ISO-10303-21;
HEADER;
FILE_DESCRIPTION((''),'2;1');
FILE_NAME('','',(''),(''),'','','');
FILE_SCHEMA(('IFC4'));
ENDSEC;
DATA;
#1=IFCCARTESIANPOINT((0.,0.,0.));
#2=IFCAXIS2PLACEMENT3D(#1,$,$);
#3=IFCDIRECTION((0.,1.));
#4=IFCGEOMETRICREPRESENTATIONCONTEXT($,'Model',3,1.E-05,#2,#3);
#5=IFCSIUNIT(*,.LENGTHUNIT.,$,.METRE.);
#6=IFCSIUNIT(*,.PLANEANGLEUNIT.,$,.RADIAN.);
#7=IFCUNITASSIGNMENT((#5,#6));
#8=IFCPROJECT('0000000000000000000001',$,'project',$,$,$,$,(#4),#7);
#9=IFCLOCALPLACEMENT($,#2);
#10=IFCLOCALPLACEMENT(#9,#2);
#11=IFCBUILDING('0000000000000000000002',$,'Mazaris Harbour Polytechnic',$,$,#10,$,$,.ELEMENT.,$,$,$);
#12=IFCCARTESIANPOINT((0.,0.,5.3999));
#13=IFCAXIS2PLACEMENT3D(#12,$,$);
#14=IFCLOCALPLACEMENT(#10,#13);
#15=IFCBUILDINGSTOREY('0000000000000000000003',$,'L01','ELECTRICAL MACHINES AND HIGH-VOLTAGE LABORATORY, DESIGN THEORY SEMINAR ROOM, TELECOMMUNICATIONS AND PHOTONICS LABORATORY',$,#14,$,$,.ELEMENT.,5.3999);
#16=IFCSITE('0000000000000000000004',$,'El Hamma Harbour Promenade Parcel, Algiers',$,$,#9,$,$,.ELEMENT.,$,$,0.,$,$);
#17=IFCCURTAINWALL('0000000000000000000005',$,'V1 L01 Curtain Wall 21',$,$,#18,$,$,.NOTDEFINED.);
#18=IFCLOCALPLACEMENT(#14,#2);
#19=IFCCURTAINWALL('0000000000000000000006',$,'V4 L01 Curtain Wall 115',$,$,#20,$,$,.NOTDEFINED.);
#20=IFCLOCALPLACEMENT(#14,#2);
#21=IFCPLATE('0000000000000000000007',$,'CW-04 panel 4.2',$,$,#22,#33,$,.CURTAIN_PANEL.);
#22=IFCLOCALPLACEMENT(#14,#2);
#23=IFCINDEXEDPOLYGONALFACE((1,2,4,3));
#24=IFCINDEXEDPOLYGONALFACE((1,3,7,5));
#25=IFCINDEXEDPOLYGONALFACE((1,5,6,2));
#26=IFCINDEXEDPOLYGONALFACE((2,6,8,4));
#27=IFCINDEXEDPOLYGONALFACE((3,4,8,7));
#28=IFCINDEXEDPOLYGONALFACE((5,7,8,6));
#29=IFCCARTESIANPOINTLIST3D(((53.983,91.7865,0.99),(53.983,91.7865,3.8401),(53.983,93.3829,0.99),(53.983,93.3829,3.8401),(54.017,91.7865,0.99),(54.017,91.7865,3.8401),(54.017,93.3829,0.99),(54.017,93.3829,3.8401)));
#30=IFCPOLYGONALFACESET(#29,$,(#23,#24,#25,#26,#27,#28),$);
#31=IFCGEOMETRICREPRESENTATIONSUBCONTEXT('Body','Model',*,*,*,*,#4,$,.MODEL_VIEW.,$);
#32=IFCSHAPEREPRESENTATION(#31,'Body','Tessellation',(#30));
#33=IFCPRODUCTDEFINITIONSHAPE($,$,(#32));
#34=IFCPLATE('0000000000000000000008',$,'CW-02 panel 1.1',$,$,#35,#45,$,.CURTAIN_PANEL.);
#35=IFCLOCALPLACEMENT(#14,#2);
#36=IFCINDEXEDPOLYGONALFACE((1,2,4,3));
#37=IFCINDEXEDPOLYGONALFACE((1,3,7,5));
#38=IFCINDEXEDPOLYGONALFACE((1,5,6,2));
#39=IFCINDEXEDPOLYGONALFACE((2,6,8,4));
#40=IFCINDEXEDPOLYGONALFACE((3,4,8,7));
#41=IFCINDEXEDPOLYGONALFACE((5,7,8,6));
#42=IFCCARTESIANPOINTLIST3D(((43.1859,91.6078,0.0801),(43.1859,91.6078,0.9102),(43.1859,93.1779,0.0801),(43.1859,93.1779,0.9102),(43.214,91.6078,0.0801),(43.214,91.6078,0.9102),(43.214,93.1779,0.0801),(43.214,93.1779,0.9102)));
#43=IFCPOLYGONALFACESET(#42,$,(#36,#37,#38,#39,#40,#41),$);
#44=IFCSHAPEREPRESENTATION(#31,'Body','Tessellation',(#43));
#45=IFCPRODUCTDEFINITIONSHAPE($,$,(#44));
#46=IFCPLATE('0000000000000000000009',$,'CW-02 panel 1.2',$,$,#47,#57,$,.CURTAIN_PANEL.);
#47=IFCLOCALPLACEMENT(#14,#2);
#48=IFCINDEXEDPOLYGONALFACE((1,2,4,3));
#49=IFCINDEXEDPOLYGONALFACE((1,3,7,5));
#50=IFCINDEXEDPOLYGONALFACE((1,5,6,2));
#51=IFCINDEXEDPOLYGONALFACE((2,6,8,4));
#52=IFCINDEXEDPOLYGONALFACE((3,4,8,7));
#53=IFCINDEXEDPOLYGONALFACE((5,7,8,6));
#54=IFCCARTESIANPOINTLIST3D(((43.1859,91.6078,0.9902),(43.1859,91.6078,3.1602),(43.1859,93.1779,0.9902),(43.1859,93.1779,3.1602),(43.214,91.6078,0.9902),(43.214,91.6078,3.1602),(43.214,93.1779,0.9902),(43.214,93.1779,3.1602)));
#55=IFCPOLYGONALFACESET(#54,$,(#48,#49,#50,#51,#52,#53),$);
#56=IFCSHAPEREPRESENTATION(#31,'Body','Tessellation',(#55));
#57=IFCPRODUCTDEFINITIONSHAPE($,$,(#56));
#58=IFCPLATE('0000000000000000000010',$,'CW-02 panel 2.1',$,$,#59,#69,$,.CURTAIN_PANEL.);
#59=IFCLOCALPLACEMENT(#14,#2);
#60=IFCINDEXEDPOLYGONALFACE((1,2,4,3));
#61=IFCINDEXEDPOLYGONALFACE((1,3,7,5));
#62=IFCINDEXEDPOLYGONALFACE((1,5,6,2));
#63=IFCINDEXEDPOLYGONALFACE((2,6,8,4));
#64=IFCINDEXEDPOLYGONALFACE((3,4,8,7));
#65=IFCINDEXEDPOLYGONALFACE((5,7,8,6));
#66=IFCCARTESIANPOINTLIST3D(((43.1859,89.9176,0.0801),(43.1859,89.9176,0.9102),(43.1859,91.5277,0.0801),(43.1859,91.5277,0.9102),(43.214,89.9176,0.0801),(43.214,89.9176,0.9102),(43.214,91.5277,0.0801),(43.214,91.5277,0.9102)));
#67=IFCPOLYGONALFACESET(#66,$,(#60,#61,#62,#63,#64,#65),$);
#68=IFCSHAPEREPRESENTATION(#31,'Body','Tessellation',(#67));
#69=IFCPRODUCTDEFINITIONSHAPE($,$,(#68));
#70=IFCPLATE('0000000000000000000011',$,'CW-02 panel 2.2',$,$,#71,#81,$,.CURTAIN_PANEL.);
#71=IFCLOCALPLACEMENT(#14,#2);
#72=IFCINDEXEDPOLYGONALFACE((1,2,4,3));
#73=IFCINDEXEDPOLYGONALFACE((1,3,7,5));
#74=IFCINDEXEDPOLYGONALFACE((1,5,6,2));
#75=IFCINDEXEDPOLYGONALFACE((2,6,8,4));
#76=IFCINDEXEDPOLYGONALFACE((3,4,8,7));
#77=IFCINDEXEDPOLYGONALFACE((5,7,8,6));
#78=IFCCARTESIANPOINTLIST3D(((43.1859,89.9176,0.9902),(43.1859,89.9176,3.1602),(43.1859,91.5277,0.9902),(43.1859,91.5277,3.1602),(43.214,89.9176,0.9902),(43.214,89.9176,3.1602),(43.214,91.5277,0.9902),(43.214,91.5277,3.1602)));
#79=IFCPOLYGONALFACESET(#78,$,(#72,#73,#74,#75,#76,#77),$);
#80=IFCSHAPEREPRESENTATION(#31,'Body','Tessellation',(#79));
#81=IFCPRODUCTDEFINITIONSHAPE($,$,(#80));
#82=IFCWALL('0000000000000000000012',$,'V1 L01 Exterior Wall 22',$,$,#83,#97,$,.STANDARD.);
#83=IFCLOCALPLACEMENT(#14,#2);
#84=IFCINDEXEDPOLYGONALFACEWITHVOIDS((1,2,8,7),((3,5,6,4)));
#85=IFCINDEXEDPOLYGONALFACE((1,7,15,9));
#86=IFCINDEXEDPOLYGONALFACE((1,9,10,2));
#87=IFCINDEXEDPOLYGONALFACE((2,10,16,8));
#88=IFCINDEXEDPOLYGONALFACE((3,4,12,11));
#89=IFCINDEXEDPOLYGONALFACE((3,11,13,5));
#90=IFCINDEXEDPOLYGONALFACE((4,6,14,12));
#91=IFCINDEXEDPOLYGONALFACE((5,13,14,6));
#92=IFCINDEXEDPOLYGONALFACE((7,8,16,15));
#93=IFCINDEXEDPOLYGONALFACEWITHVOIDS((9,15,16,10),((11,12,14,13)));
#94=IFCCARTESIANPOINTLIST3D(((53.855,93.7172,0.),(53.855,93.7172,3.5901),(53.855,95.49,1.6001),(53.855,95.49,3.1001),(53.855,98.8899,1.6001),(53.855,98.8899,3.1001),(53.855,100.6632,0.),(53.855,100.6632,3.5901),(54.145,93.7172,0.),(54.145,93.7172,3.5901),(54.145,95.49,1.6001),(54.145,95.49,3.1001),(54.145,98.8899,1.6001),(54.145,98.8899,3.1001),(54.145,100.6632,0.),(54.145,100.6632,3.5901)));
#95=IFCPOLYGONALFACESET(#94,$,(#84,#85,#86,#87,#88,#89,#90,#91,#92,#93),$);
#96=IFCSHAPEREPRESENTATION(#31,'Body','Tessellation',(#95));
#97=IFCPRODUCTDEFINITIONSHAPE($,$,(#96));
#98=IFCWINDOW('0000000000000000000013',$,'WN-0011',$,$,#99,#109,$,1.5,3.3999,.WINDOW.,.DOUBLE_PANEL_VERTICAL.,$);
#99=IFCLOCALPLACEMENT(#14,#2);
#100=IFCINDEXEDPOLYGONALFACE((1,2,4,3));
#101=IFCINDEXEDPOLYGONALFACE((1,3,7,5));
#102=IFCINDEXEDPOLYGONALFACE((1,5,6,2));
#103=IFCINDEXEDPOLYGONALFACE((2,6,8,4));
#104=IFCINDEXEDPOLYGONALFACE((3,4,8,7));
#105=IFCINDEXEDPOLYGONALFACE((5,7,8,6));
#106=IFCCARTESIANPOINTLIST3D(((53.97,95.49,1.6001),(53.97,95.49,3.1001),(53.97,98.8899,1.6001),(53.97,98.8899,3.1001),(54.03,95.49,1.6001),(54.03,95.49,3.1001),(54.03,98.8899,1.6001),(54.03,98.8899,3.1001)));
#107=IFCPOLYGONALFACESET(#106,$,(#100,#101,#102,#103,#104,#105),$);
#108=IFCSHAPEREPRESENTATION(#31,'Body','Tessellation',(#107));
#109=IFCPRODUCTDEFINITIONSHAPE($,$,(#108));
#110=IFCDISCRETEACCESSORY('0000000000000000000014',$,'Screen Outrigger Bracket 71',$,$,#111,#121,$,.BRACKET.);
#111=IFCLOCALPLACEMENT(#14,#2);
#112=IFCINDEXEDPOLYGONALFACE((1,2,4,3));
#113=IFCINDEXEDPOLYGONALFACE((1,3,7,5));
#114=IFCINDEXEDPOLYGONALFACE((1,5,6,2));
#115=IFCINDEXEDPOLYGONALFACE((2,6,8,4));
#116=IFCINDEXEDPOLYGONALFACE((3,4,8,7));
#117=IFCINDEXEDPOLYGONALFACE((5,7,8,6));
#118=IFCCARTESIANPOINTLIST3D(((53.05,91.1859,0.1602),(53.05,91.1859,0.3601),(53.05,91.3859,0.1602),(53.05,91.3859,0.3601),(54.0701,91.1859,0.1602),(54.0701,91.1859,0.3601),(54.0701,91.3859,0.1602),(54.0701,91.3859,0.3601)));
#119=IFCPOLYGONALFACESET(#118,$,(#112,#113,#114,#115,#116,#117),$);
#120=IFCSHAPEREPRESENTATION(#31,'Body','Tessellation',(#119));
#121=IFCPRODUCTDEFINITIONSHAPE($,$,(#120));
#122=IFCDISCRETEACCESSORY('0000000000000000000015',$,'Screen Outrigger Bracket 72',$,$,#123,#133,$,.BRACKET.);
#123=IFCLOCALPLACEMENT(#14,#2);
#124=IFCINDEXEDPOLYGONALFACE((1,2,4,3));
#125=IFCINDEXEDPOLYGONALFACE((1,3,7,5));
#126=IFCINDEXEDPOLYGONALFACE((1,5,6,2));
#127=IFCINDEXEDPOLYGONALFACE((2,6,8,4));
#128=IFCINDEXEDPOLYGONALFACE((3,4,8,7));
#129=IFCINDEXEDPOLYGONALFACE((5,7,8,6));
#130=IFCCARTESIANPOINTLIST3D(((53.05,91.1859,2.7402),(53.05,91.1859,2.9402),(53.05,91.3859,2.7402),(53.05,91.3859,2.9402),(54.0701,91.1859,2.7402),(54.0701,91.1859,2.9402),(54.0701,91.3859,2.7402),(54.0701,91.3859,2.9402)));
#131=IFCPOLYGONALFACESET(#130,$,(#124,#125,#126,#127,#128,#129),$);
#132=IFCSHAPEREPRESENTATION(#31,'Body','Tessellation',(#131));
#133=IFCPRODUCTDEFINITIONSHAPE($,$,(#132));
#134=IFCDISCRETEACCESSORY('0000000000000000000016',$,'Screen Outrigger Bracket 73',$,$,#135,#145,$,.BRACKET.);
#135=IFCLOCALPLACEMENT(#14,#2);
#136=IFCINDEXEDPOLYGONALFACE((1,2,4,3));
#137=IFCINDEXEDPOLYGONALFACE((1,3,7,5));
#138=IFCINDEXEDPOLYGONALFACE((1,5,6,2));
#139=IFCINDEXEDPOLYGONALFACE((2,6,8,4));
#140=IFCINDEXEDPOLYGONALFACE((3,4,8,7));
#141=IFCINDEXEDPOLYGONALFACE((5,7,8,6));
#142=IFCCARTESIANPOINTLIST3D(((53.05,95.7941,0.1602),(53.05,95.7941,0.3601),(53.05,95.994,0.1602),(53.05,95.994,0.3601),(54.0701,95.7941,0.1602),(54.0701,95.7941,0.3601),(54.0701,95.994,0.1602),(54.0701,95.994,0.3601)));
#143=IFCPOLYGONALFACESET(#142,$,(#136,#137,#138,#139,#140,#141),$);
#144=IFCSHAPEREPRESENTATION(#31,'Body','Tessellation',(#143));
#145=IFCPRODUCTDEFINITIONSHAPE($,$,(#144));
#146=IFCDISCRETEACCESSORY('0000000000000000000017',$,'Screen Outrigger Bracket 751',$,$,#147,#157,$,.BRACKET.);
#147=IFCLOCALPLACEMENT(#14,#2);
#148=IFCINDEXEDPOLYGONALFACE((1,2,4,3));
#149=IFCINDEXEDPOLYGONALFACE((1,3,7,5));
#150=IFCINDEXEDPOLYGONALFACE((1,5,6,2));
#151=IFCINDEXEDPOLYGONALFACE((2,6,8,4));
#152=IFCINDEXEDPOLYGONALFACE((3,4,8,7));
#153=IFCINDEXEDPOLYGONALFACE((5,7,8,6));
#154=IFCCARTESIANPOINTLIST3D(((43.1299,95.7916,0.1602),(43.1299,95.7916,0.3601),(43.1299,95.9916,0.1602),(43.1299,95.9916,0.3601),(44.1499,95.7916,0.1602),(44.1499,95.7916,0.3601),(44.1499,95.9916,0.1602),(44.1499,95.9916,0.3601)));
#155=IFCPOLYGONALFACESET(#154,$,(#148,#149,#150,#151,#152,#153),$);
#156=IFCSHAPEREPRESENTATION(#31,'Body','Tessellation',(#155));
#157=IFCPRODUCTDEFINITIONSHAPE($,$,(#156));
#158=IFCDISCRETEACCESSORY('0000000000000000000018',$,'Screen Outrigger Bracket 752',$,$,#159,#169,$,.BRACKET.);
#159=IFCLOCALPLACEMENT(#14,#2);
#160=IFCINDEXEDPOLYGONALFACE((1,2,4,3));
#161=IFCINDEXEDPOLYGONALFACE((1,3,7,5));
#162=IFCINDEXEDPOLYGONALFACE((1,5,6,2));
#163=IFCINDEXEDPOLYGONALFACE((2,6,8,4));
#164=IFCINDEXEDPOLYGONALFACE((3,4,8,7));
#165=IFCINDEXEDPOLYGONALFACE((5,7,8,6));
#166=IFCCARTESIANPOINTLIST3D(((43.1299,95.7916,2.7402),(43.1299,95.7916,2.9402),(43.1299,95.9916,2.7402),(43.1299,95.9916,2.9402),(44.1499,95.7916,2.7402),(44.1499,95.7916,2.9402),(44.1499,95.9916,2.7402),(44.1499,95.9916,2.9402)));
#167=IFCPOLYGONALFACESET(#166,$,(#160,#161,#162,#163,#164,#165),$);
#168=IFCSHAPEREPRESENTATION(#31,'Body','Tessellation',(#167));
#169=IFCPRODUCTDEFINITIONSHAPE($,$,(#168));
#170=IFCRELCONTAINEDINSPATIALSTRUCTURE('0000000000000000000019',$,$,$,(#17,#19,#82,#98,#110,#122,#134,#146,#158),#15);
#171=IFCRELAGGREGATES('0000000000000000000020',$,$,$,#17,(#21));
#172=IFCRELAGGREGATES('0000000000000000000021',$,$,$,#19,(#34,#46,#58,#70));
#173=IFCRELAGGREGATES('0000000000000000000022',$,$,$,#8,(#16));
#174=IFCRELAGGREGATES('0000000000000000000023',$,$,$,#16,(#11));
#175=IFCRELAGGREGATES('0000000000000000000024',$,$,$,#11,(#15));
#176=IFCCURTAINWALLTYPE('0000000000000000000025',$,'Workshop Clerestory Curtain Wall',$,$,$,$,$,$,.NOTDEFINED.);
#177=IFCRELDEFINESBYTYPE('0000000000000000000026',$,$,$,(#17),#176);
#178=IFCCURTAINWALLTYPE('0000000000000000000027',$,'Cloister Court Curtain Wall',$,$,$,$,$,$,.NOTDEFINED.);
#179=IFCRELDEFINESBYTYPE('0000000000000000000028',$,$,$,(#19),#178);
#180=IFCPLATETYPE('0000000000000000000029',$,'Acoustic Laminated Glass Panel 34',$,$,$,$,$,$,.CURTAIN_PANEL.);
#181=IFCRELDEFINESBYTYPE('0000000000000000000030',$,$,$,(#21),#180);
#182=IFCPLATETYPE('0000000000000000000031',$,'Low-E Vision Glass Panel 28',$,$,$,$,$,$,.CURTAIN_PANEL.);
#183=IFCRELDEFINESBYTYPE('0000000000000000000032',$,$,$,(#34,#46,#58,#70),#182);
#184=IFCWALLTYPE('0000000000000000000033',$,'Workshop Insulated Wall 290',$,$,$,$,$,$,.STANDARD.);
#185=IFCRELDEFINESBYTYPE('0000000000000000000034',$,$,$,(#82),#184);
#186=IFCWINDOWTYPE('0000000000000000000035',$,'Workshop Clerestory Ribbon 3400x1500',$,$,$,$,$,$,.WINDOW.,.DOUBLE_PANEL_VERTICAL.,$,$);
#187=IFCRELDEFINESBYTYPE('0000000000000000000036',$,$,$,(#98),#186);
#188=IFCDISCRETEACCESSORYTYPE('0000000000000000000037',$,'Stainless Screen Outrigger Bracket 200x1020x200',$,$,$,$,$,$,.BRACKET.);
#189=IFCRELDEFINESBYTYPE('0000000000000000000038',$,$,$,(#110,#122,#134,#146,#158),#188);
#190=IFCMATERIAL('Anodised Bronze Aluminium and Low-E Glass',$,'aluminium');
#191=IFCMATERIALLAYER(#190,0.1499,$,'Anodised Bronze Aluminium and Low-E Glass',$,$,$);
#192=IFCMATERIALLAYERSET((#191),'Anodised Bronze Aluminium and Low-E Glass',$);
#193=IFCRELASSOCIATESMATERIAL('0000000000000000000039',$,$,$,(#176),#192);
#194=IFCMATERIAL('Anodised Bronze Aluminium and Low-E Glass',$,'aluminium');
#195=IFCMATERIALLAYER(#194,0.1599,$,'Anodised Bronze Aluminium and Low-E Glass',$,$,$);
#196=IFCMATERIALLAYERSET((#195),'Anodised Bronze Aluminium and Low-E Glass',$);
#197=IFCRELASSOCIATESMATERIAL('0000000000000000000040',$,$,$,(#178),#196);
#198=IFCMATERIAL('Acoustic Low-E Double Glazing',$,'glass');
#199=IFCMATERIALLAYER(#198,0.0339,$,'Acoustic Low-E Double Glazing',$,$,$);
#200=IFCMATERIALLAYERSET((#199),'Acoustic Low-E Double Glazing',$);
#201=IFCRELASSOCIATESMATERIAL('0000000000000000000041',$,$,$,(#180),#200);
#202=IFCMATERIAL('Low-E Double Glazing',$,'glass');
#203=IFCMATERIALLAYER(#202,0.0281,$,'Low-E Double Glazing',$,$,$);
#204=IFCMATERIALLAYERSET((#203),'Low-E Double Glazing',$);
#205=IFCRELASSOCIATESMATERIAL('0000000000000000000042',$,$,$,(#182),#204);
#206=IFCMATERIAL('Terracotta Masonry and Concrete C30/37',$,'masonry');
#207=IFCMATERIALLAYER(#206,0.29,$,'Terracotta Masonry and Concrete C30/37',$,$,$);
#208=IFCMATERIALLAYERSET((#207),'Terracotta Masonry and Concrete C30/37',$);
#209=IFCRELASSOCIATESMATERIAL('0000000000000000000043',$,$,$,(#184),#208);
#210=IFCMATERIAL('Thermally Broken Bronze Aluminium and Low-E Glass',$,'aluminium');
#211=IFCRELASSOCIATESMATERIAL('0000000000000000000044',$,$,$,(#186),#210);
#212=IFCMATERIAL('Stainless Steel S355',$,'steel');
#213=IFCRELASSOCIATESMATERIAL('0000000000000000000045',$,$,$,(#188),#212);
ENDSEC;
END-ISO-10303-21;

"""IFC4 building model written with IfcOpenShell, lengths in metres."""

from ifc_helpers import new_model, si_unit, direction, frame, frame_2d, origin, origin_2d, place, context, subcontext, project, spatial, rectangle, extrude, material, layer, layer_set, type_object, element, fill, aggregate, save


model = new_model("IFC4")

# Units and contexts
model_context = context("Model", 3, precision=1e-05, world=origin(), true_north=direction((0.0, 1.0)))
body_context = subcontext(model_context, "Body", "Model", "MODEL_VIEW")
ifc_project = project(units=[si_unit("LENGTHUNIT", "METRE"), si_unit("PLANEANGLEUNIT", "RADIAN")], contexts=[model_context])

# Site, building, storey
site_placement = place(None, origin())
site = spatial("IfcSite", under=ifc_project, at=site_placement, Name="El Hamma Harbour Promenade Parcel, Algiers", CompositionType="ELEMENT", RefElevation=0.0)
building_placement = place(site_placement, origin())
building = spatial("IfcBuilding", under=site, at=building_placement, Name="Mazaris Harbour Polytechnic", CompositionType="ELEMENT")
storey_placement = place(building_placement, frame((0.0, 0.0, 5.3999)))
storey = spatial("IfcBuildingStorey", under=building, at=storey_placement, Name="L01", Description="ELECTRICAL MACHINES AND HIGH-VOLTAGE LABORATORY, DESIGN THEORY SEMINAR ROOM, TELECOMMUNICATIONS AND PHOTONICS LABORATORY", CompositionType="ELEMENT", Elevation=5.3999)

# Curtain walls
ifc_material_1 = material(Name="Anodised Bronze Aluminium and Low-E Glass", Category="aluminium")
ifc_layer_1 = layer(ifc_material_1, 0.1499, Name="Anodised Bronze Aluminium and Low-E Glass")
ifc_layer_set_1 = layer_set([ifc_layer_1], Name="Anodised Bronze Aluminium and Low-E Glass")
curtain_wall_type_1 = type_object("IfcCurtainWallType", Name="Workshop Clerestory Curtain Wall", PredefinedType="NOTDEFINED", material=ifc_layer_set_1)
curtain_wall_1_placement = place(storey_placement, origin())
curtain_wall_1 = element("IfcCurtainWall", 1, at=curtain_wall_1_placement, inside=storey, type_object=curtain_wall_type_1, Name="V1 L01 Curtain Wall 21", PredefinedType="NOTDEFINED")
ifc_material_2 = material(Name="Anodised Bronze Aluminium and Low-E Glass", Category="aluminium")
ifc_layer_2 = layer(ifc_material_2, 0.1599, Name="Anodised Bronze Aluminium and Low-E Glass")
ifc_layer_set_2 = layer_set([ifc_layer_2], Name="Anodised Bronze Aluminium and Low-E Glass")
curtain_wall_type_2 = type_object("IfcCurtainWallType", Name="Cloister Court Curtain Wall", PredefinedType="NOTDEFINED", material=ifc_layer_set_2)
curtain_wall_2_placement = place(storey_placement, origin())
curtain_wall_2 = element("IfcCurtainWall", 2, at=curtain_wall_2_placement, inside=storey, type_object=curtain_wall_type_2, Name="V4 L01 Curtain Wall 115", PredefinedType="NOTDEFINED")

# Plates
ifc_material_3 = material(Name="Acoustic Low-E Double Glazing", Category="glass")
ifc_layer_3 = layer(ifc_material_3, 0.0339, Name="Acoustic Low-E Double Glazing")
ifc_layer_set_3 = layer_set([ifc_layer_3], Name="Acoustic Low-E Double Glazing")
plate_type_1 = type_object("IfcPlateType", Name="Acoustic Laminated Glass Panel 34", PredefinedType="CURTAIN_PANEL", material=ifc_layer_set_3)
plate_1_placement = place(storey_placement, frame((54.0, 92.5847, 0.99), z_axis=(0.0, 0.0, 1.0), x_axis=(0.0, 1.0, 0.0)))
plate_1 = element("IfcPlate", 3, at=plate_1_placement, type_object=plate_type_1, Name="CW-04 panel 4.2", PredefinedType="CURTAIN_PANEL", context=body_context, shape_type="SweptSolid", body=[
    extrude(rectangle(XDim=1.5964, YDim=0.0339, at=origin_2d()), origin(), (0.0, 0.0, 1.0), 2.8501),
])
aggregate(curtain_wall_1, [plate_1])
ifc_material_4 = material(Name="Low-E Double Glazing", Category="glass")
ifc_layer_4 = layer(ifc_material_4, 0.0281, Name="Low-E Double Glazing")
ifc_layer_set_4 = layer_set([ifc_layer_4], Name="Low-E Double Glazing")
plate_type_2 = type_object("IfcPlateType", Name="Low-E Vision Glass Panel 28", PredefinedType="CURTAIN_PANEL", material=ifc_layer_set_4)
plate_2_placement = place(storey_placement, frame((43.2, 92.3928, 0.0801), z_axis=(0.0, 0.0, 1.0), x_axis=(0.0, -1.0, 0.0)))
plate_2 = element("IfcPlate", 4, at=plate_2_placement, type_object=plate_type_2, Name="CW-02 panel 1.1", PredefinedType="CURTAIN_PANEL", context=body_context, shape_type="SweptSolid", body=[
    extrude(rectangle(XDim=1.5701, YDim=0.0281, at=origin_2d()), origin(), (0.0, 0.0, 1.0), 0.8301),
])
plate_3_placement = place(storey_placement, frame((43.2, 92.3928, 0.9902), z_axis=(0.0, 0.0, 1.0), x_axis=(0.0, -1.0, 0.0)))
plate_3 = element("IfcPlate", 5, at=plate_3_placement, type_object=plate_type_2, Name="CW-02 panel 1.2", PredefinedType="CURTAIN_PANEL", context=body_context, shape_type="SweptSolid", body=[
    extrude(rectangle(XDim=1.5701, YDim=0.0281, at=origin_2d()), origin(), (0.0, 0.0, 1.0), 2.1699),
])
plate_4_placement = place(storey_placement, frame((43.2, 90.7227, 0.0801), z_axis=(0.0, 0.0, 1.0), x_axis=(0.0, -1.0, 0.0)))
plate_4 = element("IfcPlate", 6, at=plate_4_placement, type_object=plate_type_2, Name="CW-02 panel 2.1", PredefinedType="CURTAIN_PANEL", context=body_context, shape_type="SweptSolid", body=[
    extrude(rectangle(XDim=1.6101, YDim=0.0281, at=origin_2d()), origin(), (0.0, 0.0, 1.0), 0.8301),
])
plate_5_placement = place(storey_placement, frame((43.2, 90.7227, 0.9902), z_axis=(0.0, 0.0, 1.0), x_axis=(0.0, -1.0, 0.0)))
plate_5 = element("IfcPlate", 7, at=plate_5_placement, type_object=plate_type_2, Name="CW-02 panel 2.2", PredefinedType="CURTAIN_PANEL", context=body_context, shape_type="SweptSolid", body=[
    extrude(rectangle(XDim=1.6101, YDim=0.0281, at=origin_2d()), origin(), (0.0, 0.0, 1.0), 2.1699),
])
aggregate(curtain_wall_2, [plate_2, plate_3, plate_4, plate_5])

# Wall, opening, window
ifc_material_5 = material(Name="Terracotta Masonry and Concrete C30/37", Category="masonry")
ifc_layer_5 = layer(ifc_material_5, 0.29, Name="Terracotta Masonry and Concrete C30/37")
ifc_layer_set_5 = layer_set([ifc_layer_5], Name="Terracotta Masonry and Concrete C30/37")
wall_type = type_object("IfcWallType", Name="Workshop Insulated Wall 290", PredefinedType="STANDARD", material=ifc_layer_set_5)
wall_placement = place(storey_placement, frame((54.0, 93.717, 0.0), z_axis=(0.0, 0.0, 1.0), x_axis=(0.0, 1.0, 0.0)))
wall = element("IfcWall", 8, at=wall_placement, inside=storey, type_object=wall_type, Name="V1 L01 Exterior Wall 22", PredefinedType="STANDARD", context=body_context, shape_type="SweptSolid", body=[
    extrude(rectangle(XDim=6.946, YDim=0.29, at=frame_2d((3.4731, 0.0))), origin(), (0.0, 0.0, 1.0), 3.5901),
])
opening_placement = place(wall_placement, frame((1.7729, 0.0, 1.6001)))
opening = element("IfcOpeningElement", 9, at=opening_placement, cuts=wall, PredefinedType="OPENING", context=body_context, shape_type="SweptSolid", body=[
    extrude(rectangle(XDim=3.3999, YDim=1.5, at=frame_2d((1.7, 0.75))), frame((0.0, 0.155, 0.0), z_axis=(0.0, -1.0, 0.0), x_axis=(1.0, 0.0, 0.0)), (0.0, 0.0, 1.0), 0.3101),
])
ifc_material_6 = material(Name="Thermally Broken Bronze Aluminium and Low-E Glass", Category="aluminium")
window_type = type_object("IfcWindowType", Name="Workshop Clerestory Ribbon 3400x1500", PartitioningType="DOUBLE_PANEL_VERTICAL", PredefinedType="WINDOW", material=ifc_material_6)
window_placement = place(opening_placement, origin())
window = element("IfcWindow", 10, at=window_placement, inside=storey, type_object=window_type, Name="WN-0011", OverallHeight=1.5, OverallWidth=3.3999, PartitioningType="DOUBLE_PANEL_VERTICAL", PredefinedType="WINDOW", context=body_context, shape_type="SweptSolid", body=[
    extrude(rectangle(XDim=3.3999, YDim=1.5, at=frame_2d((1.7, 0.75))), frame((0.0, 0.03, 0.0), z_axis=(0.0, -1.0, 0.0), x_axis=(1.0, 0.0, 0.0)), (0.0, 0.0, 1.0), 0.0601),
])
fill(opening, window)

# Discrete accessories
ifc_material_7 = material(Name="Stainless Steel S355", Category="steel")
discrete_accessory_type = type_object("IfcDiscreteAccessoryType", Name="Stainless Screen Outrigger Bracket 200x1020x200", PredefinedType="BRACKET", material=ifc_material_7)
for number, where, z_axis, x_axis, name in (
    (11, (53.5601, 91.2859, 0.1602), (0.0, 0.0, 1.0), (0.0, 1.0, 0.0), "Screen Outrigger Bracket 71"),
    (12, (53.5601, 91.2859, 2.7402), (0.0, 0.0, 1.0), (0.0, 1.0, 0.0), "Screen Outrigger Bracket 72"),
    (13, (53.5601, 95.894, 0.1602), (0.0, 0.0, 1.0), (0.0, 1.0, 0.0), "Screen Outrigger Bracket 73"),
    (14, (43.6399, 95.8916, 0.1602), (0.0, 0.0, 1.0), (0.0, -1.0, 0.0), "Screen Outrigger Bracket 751"),
    (15, (43.6399, 95.8916, 2.7402), (0.0, 0.0, 1.0), (0.0, -1.0, 0.0), "Screen Outrigger Bracket 752"),
):
    element("IfcDiscreteAccessory", number, at=place(storey_placement, frame(where, z_axis=z_axis, x_axis=x_axis)), inside=storey, type_object=discrete_accessory_type, Name=name, PredefinedType="BRACKET", context=body_context, shape_type="SweptSolid", body=[
        extrude(rectangle(XDim=0.2, YDim=1.02, at=origin_2d()), origin(), (0.0, 0.0, 1.0), 0.2),
    ])

save(model, "model.ifc")
